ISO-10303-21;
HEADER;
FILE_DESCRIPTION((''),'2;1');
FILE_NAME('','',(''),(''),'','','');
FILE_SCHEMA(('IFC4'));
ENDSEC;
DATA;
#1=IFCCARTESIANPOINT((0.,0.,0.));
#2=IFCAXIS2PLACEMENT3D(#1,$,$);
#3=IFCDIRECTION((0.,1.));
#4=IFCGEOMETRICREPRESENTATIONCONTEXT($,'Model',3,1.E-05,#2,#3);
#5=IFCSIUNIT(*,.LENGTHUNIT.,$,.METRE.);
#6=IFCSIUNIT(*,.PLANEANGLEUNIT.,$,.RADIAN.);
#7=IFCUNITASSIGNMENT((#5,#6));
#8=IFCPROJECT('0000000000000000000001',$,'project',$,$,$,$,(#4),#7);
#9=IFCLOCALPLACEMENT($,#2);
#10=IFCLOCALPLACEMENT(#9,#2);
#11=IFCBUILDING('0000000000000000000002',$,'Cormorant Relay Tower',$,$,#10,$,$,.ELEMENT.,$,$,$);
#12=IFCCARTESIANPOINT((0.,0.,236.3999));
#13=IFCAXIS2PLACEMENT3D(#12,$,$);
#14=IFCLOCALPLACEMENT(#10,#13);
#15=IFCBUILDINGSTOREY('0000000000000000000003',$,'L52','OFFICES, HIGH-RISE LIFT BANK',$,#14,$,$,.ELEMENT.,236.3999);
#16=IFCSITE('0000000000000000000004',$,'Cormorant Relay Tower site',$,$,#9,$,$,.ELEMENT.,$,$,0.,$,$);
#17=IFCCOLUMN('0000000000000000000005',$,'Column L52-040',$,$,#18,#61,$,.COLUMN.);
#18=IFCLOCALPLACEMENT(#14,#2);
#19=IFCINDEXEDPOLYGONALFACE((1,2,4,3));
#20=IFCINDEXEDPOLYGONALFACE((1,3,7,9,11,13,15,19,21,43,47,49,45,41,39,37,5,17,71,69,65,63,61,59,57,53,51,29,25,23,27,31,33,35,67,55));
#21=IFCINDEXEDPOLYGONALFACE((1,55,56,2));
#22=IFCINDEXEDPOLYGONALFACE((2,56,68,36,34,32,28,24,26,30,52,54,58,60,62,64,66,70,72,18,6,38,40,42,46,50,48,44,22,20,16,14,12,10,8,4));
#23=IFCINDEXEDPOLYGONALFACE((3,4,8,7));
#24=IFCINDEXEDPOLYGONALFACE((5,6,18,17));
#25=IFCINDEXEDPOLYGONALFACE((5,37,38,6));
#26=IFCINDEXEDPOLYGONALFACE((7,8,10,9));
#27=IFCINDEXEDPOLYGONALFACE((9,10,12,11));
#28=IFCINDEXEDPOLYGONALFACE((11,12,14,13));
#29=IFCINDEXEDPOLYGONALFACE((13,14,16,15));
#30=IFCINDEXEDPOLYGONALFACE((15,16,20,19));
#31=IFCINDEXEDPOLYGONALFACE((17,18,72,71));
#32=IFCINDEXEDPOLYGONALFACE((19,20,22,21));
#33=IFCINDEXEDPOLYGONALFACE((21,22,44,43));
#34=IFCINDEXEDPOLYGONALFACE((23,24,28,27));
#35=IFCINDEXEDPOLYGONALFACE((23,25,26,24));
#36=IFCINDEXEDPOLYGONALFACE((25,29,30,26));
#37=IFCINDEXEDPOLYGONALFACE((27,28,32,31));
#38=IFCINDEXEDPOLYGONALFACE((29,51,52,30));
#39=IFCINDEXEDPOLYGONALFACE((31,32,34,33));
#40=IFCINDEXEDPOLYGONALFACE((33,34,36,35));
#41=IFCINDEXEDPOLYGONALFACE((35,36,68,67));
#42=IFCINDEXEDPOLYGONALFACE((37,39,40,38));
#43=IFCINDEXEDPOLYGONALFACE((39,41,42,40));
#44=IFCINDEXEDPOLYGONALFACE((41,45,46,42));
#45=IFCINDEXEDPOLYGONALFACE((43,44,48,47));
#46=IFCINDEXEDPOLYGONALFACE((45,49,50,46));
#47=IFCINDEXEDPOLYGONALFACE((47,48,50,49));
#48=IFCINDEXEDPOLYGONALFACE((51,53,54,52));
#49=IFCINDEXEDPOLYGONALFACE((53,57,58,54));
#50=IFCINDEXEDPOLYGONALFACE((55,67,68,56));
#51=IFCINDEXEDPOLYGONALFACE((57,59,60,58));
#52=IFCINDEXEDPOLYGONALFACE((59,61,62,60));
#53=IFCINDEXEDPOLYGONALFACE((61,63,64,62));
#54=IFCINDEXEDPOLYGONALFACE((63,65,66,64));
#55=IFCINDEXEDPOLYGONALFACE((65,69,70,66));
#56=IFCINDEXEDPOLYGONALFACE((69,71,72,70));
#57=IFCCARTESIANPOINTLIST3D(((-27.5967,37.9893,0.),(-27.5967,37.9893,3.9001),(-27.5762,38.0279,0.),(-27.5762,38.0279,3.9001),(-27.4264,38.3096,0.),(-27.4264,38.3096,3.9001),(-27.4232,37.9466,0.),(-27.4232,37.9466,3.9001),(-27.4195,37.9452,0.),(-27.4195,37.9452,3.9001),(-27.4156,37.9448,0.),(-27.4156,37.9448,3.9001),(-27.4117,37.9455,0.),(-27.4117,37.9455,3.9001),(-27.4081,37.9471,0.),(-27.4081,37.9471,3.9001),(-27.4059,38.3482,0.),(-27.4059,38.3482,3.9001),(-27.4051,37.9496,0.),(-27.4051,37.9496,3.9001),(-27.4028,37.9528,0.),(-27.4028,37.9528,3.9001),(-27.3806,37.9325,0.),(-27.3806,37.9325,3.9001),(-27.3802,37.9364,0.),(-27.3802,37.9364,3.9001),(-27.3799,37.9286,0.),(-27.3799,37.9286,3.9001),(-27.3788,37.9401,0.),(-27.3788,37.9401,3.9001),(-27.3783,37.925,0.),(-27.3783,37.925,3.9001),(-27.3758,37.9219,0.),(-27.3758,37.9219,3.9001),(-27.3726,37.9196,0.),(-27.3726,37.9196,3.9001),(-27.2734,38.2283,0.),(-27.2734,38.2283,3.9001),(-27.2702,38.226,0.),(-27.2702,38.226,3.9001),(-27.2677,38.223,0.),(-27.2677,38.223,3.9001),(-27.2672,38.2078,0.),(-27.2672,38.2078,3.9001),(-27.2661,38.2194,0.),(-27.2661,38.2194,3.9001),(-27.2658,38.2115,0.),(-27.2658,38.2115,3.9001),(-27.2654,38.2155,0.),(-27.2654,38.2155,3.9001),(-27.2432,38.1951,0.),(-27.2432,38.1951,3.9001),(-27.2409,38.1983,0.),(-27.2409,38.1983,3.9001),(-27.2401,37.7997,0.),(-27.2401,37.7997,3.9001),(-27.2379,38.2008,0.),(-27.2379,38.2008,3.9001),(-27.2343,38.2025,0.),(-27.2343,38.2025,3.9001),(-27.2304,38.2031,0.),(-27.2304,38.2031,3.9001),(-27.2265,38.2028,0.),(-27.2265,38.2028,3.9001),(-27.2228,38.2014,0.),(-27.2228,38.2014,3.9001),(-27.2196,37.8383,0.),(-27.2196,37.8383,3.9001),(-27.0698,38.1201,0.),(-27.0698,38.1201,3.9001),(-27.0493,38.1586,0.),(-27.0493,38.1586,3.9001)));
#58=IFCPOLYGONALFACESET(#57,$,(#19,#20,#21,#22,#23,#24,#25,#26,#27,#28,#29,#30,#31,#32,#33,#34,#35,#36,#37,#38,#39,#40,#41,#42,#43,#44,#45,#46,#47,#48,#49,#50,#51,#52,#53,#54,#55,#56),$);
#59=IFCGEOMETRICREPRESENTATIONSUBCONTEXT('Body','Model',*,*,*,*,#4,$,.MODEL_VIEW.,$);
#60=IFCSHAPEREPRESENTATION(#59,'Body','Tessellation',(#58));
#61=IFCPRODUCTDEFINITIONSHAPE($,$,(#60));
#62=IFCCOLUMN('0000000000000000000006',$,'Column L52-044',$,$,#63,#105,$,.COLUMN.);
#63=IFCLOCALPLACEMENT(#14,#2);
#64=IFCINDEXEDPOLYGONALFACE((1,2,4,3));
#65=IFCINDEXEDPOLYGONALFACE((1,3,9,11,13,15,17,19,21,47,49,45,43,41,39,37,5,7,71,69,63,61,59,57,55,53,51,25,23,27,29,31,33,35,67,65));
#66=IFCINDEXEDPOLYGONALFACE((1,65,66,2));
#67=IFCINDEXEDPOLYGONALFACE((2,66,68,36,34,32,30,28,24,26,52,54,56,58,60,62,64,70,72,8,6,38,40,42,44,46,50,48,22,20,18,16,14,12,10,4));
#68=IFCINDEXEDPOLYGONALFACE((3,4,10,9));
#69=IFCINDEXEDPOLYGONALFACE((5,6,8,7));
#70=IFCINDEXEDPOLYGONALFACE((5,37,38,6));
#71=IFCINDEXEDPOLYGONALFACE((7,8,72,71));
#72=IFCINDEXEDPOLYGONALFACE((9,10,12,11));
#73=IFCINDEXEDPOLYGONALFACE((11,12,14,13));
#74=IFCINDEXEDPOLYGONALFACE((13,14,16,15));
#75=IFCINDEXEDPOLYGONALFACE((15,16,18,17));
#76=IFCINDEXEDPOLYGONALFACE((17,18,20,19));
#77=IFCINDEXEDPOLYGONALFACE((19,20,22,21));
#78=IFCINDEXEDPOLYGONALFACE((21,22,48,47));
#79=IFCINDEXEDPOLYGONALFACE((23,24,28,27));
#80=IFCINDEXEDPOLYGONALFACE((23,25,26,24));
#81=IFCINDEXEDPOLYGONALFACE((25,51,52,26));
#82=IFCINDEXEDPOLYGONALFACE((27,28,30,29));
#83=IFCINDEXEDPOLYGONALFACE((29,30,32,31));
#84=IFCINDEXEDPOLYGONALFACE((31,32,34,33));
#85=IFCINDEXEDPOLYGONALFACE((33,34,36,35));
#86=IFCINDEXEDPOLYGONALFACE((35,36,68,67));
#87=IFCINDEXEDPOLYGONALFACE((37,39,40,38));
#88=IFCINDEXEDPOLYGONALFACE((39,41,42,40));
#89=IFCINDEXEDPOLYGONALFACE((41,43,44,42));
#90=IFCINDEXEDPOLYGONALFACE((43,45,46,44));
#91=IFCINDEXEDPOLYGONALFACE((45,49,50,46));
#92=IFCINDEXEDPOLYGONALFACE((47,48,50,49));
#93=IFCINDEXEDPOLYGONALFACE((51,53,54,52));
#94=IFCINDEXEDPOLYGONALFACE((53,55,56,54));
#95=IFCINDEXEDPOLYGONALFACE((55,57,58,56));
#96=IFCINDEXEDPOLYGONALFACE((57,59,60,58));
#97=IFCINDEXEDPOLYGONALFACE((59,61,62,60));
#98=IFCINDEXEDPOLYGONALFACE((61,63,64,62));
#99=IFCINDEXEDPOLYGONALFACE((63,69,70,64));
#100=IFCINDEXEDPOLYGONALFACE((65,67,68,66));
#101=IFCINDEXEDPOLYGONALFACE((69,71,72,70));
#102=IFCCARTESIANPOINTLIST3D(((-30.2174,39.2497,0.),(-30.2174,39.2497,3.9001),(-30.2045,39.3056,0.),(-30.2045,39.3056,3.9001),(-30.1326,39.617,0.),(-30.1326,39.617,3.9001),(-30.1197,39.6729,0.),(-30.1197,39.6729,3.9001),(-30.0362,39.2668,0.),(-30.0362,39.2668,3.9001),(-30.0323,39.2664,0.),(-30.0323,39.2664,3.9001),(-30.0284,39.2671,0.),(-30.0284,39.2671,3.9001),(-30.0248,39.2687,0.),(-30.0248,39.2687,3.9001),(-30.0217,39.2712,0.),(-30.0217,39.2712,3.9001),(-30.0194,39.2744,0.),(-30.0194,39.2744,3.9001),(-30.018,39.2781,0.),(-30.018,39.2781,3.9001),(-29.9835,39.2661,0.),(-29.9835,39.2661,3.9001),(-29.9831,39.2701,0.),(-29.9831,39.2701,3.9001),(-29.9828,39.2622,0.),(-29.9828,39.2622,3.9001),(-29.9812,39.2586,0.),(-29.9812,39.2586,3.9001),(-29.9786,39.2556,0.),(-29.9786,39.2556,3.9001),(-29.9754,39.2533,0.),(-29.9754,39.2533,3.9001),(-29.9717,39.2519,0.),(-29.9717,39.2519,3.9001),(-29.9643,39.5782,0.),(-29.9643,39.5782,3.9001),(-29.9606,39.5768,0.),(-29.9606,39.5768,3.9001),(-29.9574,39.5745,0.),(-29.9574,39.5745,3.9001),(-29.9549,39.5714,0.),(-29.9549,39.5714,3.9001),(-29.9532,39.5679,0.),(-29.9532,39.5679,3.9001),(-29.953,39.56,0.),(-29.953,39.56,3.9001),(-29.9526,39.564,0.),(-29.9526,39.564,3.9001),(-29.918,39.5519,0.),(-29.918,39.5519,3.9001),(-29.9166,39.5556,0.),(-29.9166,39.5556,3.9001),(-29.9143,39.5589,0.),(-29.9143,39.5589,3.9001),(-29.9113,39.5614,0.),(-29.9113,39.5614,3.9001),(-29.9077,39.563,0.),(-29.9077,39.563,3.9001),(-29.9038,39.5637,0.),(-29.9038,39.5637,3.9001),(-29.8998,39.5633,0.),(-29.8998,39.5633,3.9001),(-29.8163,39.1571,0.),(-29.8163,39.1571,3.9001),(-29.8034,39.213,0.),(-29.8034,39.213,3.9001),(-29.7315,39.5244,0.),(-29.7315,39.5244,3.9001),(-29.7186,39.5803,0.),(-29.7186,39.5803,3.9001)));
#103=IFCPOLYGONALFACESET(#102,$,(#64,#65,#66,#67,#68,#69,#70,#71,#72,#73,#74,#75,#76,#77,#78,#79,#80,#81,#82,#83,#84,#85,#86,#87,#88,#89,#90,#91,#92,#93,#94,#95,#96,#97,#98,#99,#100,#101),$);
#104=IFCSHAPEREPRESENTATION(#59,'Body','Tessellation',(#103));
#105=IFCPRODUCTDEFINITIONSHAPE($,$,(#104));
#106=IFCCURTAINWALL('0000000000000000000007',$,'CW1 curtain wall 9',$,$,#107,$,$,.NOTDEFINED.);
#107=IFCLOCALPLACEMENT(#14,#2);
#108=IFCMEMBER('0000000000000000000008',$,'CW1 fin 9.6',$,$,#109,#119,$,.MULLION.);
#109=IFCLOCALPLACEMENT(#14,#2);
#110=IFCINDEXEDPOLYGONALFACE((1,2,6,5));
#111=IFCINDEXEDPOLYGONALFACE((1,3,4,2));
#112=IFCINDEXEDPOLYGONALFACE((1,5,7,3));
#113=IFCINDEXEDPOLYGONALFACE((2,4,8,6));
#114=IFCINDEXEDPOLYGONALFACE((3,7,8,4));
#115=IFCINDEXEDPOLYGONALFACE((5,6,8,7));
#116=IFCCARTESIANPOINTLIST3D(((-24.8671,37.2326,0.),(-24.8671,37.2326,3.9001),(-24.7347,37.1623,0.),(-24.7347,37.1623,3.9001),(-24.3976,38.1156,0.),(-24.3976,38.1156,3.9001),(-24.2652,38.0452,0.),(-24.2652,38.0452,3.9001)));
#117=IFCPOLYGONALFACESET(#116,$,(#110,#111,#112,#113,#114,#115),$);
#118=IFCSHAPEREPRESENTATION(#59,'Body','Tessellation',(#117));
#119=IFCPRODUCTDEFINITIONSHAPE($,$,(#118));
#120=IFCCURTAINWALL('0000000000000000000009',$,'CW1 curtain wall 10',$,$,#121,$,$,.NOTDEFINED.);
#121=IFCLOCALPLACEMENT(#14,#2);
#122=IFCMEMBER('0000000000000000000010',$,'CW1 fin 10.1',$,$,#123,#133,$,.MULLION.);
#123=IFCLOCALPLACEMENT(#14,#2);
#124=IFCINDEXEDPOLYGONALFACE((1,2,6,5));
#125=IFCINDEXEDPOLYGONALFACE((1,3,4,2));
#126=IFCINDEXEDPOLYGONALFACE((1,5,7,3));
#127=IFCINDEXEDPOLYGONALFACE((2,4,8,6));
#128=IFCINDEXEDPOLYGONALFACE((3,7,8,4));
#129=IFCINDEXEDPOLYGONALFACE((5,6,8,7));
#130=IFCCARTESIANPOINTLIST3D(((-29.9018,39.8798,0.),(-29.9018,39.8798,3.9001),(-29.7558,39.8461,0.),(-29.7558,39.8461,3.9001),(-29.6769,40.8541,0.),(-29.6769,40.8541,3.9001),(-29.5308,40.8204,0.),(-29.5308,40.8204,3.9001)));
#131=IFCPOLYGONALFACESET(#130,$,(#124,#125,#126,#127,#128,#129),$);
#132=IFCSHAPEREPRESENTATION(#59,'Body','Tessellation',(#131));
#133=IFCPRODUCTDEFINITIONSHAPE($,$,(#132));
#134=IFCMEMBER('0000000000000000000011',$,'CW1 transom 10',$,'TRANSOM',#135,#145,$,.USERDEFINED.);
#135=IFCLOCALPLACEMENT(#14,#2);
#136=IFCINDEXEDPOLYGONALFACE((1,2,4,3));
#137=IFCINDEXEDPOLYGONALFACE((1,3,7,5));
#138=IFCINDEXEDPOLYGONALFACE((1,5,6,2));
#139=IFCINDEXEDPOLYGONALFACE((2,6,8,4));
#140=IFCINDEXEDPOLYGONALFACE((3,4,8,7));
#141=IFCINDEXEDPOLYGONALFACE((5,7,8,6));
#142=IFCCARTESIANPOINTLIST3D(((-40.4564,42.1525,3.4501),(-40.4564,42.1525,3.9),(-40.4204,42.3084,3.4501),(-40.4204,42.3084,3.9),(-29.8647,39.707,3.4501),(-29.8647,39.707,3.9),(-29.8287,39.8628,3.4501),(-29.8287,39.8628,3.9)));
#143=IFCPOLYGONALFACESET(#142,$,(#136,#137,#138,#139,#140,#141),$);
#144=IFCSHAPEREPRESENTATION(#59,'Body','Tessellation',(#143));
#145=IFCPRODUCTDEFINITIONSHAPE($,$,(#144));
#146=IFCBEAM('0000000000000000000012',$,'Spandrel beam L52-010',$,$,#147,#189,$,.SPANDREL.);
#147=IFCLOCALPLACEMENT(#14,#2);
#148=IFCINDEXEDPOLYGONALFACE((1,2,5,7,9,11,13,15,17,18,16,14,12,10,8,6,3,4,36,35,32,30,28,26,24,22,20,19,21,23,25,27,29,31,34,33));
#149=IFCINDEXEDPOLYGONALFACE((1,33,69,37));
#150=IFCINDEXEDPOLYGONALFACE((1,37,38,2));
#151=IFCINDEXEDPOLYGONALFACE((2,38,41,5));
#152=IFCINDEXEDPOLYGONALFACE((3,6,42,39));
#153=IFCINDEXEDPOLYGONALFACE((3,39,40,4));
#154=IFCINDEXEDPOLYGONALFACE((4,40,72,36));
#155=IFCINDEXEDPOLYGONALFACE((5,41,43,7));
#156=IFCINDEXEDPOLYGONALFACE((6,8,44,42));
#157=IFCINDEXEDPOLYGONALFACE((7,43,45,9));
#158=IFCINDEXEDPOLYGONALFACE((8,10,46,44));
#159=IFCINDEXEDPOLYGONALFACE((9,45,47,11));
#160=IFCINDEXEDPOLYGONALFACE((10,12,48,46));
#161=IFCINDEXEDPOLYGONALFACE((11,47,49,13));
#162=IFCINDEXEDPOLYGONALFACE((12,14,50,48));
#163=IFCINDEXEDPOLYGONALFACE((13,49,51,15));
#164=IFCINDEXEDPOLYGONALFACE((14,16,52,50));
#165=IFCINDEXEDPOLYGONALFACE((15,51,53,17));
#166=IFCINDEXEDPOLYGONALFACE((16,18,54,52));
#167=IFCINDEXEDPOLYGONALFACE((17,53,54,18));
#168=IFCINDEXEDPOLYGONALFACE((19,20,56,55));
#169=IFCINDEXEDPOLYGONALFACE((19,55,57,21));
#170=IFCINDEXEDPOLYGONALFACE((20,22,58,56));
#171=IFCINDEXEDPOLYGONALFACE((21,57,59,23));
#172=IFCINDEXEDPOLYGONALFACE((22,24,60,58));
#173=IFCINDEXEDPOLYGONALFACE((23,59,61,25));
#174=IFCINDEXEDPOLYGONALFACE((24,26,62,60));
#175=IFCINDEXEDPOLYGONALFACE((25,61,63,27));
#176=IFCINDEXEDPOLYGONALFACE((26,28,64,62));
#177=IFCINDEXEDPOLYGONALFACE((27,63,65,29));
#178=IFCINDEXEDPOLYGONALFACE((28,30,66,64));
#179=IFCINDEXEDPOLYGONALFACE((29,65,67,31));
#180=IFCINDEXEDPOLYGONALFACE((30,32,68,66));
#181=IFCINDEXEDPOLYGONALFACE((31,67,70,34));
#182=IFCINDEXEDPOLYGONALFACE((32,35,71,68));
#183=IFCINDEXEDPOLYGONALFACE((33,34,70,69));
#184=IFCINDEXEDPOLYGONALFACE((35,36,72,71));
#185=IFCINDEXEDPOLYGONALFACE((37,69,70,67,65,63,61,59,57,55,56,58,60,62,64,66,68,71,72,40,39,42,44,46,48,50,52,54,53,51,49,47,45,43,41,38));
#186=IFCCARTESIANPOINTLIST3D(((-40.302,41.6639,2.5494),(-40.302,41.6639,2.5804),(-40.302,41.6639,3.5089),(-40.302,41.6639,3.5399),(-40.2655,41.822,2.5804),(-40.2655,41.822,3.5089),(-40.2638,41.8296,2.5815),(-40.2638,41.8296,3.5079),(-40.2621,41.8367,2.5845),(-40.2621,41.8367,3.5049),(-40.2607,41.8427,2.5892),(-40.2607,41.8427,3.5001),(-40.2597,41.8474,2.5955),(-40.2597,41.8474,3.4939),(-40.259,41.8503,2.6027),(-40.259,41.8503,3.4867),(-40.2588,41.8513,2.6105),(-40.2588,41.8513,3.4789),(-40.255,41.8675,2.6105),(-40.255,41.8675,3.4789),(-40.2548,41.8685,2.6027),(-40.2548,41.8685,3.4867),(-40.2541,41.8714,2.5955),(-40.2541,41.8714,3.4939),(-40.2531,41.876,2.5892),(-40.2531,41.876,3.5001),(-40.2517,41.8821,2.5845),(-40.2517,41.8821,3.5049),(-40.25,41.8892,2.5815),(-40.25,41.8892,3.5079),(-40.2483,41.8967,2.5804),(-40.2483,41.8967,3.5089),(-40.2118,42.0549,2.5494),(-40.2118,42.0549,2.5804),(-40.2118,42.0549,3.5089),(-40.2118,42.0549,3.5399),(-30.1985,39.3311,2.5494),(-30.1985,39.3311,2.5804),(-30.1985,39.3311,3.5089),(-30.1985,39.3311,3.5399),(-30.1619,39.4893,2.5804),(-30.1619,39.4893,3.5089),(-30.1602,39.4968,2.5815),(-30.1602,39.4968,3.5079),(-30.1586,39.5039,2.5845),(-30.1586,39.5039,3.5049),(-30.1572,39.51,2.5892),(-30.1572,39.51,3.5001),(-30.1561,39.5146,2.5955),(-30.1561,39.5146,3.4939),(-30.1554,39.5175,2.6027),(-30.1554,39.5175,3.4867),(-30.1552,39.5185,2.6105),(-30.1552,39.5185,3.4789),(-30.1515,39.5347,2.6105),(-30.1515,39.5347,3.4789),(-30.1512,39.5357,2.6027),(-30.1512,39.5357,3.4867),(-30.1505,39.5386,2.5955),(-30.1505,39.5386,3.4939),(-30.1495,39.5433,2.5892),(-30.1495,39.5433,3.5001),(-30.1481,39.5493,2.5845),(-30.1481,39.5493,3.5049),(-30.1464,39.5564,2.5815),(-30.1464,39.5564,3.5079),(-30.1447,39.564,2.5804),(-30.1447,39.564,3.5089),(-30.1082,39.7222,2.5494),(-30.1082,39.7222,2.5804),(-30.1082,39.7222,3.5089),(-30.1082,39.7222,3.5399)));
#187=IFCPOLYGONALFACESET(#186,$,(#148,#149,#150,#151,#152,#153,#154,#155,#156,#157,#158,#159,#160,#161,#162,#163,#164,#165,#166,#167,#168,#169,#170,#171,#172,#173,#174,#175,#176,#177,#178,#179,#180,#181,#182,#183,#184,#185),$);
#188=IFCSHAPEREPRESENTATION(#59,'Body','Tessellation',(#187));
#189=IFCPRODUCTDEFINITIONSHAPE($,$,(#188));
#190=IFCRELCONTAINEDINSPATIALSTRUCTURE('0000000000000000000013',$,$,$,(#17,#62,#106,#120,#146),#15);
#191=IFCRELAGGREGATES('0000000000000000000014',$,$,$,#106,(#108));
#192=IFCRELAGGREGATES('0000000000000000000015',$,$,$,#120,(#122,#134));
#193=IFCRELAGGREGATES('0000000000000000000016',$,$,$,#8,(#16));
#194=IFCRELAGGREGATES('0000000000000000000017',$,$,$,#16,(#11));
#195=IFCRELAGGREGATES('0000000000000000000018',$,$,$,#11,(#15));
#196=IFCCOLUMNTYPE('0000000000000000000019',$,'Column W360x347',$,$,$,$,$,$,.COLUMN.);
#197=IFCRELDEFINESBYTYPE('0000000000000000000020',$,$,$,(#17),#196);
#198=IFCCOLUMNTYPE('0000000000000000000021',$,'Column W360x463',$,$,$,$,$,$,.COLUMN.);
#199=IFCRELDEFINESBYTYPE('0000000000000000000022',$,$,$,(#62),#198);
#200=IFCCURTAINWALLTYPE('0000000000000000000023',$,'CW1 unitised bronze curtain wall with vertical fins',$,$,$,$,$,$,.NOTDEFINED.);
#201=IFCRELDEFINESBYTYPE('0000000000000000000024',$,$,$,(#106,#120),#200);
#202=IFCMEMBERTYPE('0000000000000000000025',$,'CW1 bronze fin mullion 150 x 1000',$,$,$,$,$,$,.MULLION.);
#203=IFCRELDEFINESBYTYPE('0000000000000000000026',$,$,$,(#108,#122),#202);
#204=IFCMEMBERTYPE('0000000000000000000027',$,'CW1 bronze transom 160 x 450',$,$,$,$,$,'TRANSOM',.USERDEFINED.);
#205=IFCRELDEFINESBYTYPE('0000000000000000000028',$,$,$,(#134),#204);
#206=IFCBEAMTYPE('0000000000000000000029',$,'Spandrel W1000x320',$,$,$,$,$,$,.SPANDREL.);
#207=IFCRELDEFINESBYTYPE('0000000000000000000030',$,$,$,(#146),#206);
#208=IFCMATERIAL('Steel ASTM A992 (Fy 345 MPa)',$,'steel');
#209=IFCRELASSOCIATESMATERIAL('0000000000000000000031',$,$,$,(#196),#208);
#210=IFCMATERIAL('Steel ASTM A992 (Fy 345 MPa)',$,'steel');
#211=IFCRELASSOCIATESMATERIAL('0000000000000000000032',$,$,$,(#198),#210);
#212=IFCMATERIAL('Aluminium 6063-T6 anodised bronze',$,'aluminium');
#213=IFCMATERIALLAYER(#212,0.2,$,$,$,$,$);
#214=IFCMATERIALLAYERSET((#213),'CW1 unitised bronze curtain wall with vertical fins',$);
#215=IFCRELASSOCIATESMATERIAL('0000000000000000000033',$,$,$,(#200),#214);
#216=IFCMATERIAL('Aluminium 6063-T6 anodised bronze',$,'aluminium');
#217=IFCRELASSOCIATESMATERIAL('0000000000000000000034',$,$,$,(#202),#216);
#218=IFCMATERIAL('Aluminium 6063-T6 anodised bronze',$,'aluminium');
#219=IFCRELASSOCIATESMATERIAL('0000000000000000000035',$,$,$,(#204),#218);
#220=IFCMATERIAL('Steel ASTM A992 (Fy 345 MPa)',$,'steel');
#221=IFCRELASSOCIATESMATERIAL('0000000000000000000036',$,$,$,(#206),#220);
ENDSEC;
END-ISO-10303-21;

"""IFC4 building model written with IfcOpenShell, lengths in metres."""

from ifc_helpers import new_model, si_unit, direction, frame, origin, origin_2d, place, context, subcontext, project, spatial, rectangle, i_section, extrude, material, layer, layer_set, material_profile, profile_set, type_object, element, aggregate, save


model = new_model("IFC4")

# Units and contexts
model_context = context("Model", 3, precision=1e-05, world=origin(), true_north=direction((0.0, 1.0)))
body_context = subcontext(model_context, "Body", "Model", "MODEL_VIEW")
ifc_project = project(units=[si_unit("LENGTHUNIT", "METRE"), si_unit("PLANEANGLEUNIT", "RADIAN")], contexts=[model_context])

# Site, building, storey
site_placement = place(None, origin())
site = spatial("IfcSite", under=ifc_project, at=site_placement, Name="Cormorant Relay Tower site", CompositionType="ELEMENT", RefElevation=0.0)
building_placement = place(site_placement, origin())
building = spatial("IfcBuilding", under=site, at=building_placement, Name="Cormorant Relay Tower", CompositionType="ELEMENT")
storey_placement = place(building_placement, frame((0.0, 0.0, 236.3999)))
storey = spatial("IfcBuildingStorey", under=building, at=storey_placement, Name="L52", Description="OFFICES, HIGH-RISE LIFT BANK", CompositionType="ELEMENT", Elevation=236.3999)

# Columns
ifc_material_1 = material(Name="Steel ASTM A992 (Fy 345 MPa)", Category="steel")
ifc_material_profile_1 = material_profile(ifc_material_1, i_section(OverallWidth=0.4038, OverallDepth=0.4065, WebThickness=0.0271, FlangeThickness=0.0437, FilletRadius=0.0151, at=origin_2d()), Name="W360x347")
ifc_profile_set_1 = profile_set([ifc_material_profile_1], Name="Steel ASTM A992 (Fy 345 MPa)")
column_type_1 = type_object("IfcColumnType", Name="Column W360x347", PredefinedType="COLUMN", material=ifc_profile_set_1)
column_1_placement = place(storey_placement, frame((-27.323, 38.074, 0.0), z_axis=(0.0, 0.0, 1.0), x_axis=(-0.882948, 0.469472, 0.0)))
element("IfcColumn", 1, at=column_1_placement, inside=storey, type_object=column_type_1, Name="Column L52-040", PredefinedType="COLUMN", context=body_context, shape_type="SweptSolid", body=[
    extrude(i_section(OverallWidth=0.4038, OverallDepth=0.4065, WebThickness=0.0271, FlangeThickness=0.0437, FilletRadius=0.0151, at=origin_2d()), origin(), (0.0, 0.0, 1.0), 3.9001),
])
ifc_material_2 = material(Name="Steel ASTM A992 (Fy 345 MPa)", Category="steel")
ifc_material_profile_2 = material_profile(ifc_material_2, i_section(OverallWidth=0.4116, OverallDepth=0.4343, WebThickness=0.0359, FlangeThickness=0.0574, FilletRadius=0.0151, at=origin_2d()), Name="W360x463")
ifc_profile_set_2 = profile_set([ifc_material_profile_2], Name="Steel ASTM A992 (Fy 345 MPa)")
column_type_2 = type_object("IfcColumnType", Name="Column W360x463", PredefinedType="COLUMN", material=ifc_profile_set_2)
column_2_placement = place(storey_placement, frame((-29.968, 39.415, 0.0), z_axis=(0.0, 0.0, 1.0), x_axis=(-0.97437, 0.224951, 0.0)))
element("IfcColumn", 2, at=column_2_placement, inside=storey, type_object=column_type_2, Name="Column L52-044", PredefinedType="COLUMN", context=body_context, shape_type="SweptSolid", body=[
    extrude(i_section(OverallWidth=0.4116, OverallDepth=0.4343, WebThickness=0.0359, FlangeThickness=0.0574, FilletRadius=0.0151, at=origin_2d()), origin(), (0.0, 0.0, 1.0), 3.9001),
])

# Curtain wall, member
ifc_material_3 = material(Name="Aluminium 6063-T6 anodised bronze", Category="aluminium")
ifc_layer_1 = layer(ifc_material_3, 0.2)
ifc_layer_set_1 = layer_set([ifc_layer_1], Name="CW1 unitised bronze curtain wall with vertical fins")
curtain_wall_type = type_object("IfcCurtainWallType", Name="CW1 unitised bronze curtain wall with vertical fins", PredefinedType="NOTDEFINED", material=ifc_layer_set_1)
curtain_wall_1_placement = place(storey_placement, origin())
curtain_wall_1 = element("IfcCurtainWall", 3, at=curtain_wall_1_placement, inside=storey, type_object=curtain_wall_type, Name="CW1 curtain wall 9", PredefinedType="NOTDEFINED")
ifc_material_4 = material(Name="Aluminium 6063-T6 anodised bronze", Category="aluminium")
ifc_material_profile_3 = material_profile(ifc_material_4, rectangle(XDim=0.1499, YDim=1.0, at=origin_2d()), Name="AL 150x1000")
ifc_profile_set_3 = profile_set([ifc_material_profile_3], Name="Aluminium 6063-T6 anodised bronze")
member_type_1 = type_object("IfcMemberType", Name="CW1 bronze fin mullion 150 x 1000", PredefinedType="MULLION", material=ifc_profile_set_3)
member_1_placement = place(storey_placement, frame((-24.5662, 37.6389, 0.0), z_axis=(0.0, 0.0, 1.0), x_axis=(-0.882948, 0.469472, 0.0)))
member_1 = element("IfcMember", 4, at=member_1_placement, type_object=member_type_1, Name="CW1 fin 9.6", PredefinedType="MULLION", context=body_context, shape_type="SweptSolid", body=[
    extrude(rectangle(XDim=0.1499, YDim=1.0, at=origin_2d()), origin(), (0.0, 0.0, 1.0), 3.9001),
])

# Curtain wall, members
curtain_wall_2_placement = place(storey_placement, origin())
curtain_wall_2 = element("IfcCurtainWall", 5, at=curtain_wall_2_placement, inside=storey, type_object=curtain_wall_type, Name="CW1 curtain wall 10", PredefinedType="NOTDEFINED")
member_2_placement = place(storey_placement, frame((-29.7163, 40.3501, 0.0), z_axis=(0.0, 0.0, 1.0), x_axis=(-0.97437, 0.224951, 0.0)))
member_2 = element("IfcMember", 6, at=member_2_placement, type_object=member_type_1, Name="CW1 fin 10.1", PredefinedType="MULLION", context=body_context, shape_type="SweptSolid", body=[
    extrude(rectangle(XDim=0.1499, YDim=1.0, at=origin_2d()), origin(), (0.0, 0.0, 1.0), 3.9001),
])
ifc_material_5 = material(Name="Aluminium 6063-T6 anodised bronze", Category="aluminium")
ifc_material_profile_4 = material_profile(ifc_material_5, rectangle(XDim=0.1599, YDim=0.45, at=origin_2d()), Name="AL 160x450")
ifc_profile_set_4 = profile_set([ifc_material_profile_4], Name="Aluminium 6063-T6 anodised bronze")
member_type_2 = type_object("IfcMemberType", Name="CW1 bronze transom 160 x 450", ElementType="TRANSOM", PredefinedType="USERDEFINED", material=ifc_profile_set_4)
member_3_placement = place(storey_placement, frame((-29.8467, 39.7849, 3.675), z_axis=(-0.974365, 0.224973, 0.0), x_axis=(-0.224973, -0.974365, 0.0)))
member_3 = element("IfcMember", 7, at=member_3_placement, type_object=member_type_2, Name="CW1 transom 10", ObjectType="TRANSOM", PredefinedType="USERDEFINED", context=body_context, shape_type="SweptSolid", body=[
    extrude(rectangle(XDim=0.1599, YDim=0.45, at=origin_2d()), origin(), (0.0, 0.0, 1.0), 10.8704),
])

# Beam
ifc_material_6 = material(Name="Steel ASTM A992 (Fy 345 MPa)", Category="steel")
ifc_material_profile_5 = material_profile(ifc_material_6, i_section(OverallWidth=0.4014, OverallDepth=0.9905, WebThickness=0.0166, FlangeThickness=0.031, FilletRadius=0.03, at=origin_2d()), Name="W1000x320")
ifc_profile_set_5 = profile_set([ifc_material_profile_5], Name="Steel ASTM A992 (Fy 345 MPa)")
beam_type = type_object("IfcBeamType", Name="Spandrel W1000x320", PredefinedType="SPANDREL", material=ifc_profile_set_5)
beam_placement = place(storey_placement, frame((-30.1533, 39.5266, 3.0447), z_axis=(-0.974366, 0.224968, 0.0), x_axis=(-0.224968, -0.974366, 0.0)))
element("IfcBeam", 8, at=beam_placement, inside=storey, type_object=beam_type, Name="Spandrel beam L52-010", PredefinedType="SPANDREL", context=body_context, shape_type="SweptSolid", body=[
    extrude(i_section(OverallWidth=0.4014, OverallDepth=0.9905, WebThickness=0.0166, FlangeThickness=0.031, FilletRadius=0.03, at=origin_2d()), origin(), (0.0, 0.0, 1.0), 10.3694),
])

aggregate(curtain_wall_1, [member_1])
aggregate(curtain_wall_2, [member_2, member_3])

save(model, "model.ifc")
